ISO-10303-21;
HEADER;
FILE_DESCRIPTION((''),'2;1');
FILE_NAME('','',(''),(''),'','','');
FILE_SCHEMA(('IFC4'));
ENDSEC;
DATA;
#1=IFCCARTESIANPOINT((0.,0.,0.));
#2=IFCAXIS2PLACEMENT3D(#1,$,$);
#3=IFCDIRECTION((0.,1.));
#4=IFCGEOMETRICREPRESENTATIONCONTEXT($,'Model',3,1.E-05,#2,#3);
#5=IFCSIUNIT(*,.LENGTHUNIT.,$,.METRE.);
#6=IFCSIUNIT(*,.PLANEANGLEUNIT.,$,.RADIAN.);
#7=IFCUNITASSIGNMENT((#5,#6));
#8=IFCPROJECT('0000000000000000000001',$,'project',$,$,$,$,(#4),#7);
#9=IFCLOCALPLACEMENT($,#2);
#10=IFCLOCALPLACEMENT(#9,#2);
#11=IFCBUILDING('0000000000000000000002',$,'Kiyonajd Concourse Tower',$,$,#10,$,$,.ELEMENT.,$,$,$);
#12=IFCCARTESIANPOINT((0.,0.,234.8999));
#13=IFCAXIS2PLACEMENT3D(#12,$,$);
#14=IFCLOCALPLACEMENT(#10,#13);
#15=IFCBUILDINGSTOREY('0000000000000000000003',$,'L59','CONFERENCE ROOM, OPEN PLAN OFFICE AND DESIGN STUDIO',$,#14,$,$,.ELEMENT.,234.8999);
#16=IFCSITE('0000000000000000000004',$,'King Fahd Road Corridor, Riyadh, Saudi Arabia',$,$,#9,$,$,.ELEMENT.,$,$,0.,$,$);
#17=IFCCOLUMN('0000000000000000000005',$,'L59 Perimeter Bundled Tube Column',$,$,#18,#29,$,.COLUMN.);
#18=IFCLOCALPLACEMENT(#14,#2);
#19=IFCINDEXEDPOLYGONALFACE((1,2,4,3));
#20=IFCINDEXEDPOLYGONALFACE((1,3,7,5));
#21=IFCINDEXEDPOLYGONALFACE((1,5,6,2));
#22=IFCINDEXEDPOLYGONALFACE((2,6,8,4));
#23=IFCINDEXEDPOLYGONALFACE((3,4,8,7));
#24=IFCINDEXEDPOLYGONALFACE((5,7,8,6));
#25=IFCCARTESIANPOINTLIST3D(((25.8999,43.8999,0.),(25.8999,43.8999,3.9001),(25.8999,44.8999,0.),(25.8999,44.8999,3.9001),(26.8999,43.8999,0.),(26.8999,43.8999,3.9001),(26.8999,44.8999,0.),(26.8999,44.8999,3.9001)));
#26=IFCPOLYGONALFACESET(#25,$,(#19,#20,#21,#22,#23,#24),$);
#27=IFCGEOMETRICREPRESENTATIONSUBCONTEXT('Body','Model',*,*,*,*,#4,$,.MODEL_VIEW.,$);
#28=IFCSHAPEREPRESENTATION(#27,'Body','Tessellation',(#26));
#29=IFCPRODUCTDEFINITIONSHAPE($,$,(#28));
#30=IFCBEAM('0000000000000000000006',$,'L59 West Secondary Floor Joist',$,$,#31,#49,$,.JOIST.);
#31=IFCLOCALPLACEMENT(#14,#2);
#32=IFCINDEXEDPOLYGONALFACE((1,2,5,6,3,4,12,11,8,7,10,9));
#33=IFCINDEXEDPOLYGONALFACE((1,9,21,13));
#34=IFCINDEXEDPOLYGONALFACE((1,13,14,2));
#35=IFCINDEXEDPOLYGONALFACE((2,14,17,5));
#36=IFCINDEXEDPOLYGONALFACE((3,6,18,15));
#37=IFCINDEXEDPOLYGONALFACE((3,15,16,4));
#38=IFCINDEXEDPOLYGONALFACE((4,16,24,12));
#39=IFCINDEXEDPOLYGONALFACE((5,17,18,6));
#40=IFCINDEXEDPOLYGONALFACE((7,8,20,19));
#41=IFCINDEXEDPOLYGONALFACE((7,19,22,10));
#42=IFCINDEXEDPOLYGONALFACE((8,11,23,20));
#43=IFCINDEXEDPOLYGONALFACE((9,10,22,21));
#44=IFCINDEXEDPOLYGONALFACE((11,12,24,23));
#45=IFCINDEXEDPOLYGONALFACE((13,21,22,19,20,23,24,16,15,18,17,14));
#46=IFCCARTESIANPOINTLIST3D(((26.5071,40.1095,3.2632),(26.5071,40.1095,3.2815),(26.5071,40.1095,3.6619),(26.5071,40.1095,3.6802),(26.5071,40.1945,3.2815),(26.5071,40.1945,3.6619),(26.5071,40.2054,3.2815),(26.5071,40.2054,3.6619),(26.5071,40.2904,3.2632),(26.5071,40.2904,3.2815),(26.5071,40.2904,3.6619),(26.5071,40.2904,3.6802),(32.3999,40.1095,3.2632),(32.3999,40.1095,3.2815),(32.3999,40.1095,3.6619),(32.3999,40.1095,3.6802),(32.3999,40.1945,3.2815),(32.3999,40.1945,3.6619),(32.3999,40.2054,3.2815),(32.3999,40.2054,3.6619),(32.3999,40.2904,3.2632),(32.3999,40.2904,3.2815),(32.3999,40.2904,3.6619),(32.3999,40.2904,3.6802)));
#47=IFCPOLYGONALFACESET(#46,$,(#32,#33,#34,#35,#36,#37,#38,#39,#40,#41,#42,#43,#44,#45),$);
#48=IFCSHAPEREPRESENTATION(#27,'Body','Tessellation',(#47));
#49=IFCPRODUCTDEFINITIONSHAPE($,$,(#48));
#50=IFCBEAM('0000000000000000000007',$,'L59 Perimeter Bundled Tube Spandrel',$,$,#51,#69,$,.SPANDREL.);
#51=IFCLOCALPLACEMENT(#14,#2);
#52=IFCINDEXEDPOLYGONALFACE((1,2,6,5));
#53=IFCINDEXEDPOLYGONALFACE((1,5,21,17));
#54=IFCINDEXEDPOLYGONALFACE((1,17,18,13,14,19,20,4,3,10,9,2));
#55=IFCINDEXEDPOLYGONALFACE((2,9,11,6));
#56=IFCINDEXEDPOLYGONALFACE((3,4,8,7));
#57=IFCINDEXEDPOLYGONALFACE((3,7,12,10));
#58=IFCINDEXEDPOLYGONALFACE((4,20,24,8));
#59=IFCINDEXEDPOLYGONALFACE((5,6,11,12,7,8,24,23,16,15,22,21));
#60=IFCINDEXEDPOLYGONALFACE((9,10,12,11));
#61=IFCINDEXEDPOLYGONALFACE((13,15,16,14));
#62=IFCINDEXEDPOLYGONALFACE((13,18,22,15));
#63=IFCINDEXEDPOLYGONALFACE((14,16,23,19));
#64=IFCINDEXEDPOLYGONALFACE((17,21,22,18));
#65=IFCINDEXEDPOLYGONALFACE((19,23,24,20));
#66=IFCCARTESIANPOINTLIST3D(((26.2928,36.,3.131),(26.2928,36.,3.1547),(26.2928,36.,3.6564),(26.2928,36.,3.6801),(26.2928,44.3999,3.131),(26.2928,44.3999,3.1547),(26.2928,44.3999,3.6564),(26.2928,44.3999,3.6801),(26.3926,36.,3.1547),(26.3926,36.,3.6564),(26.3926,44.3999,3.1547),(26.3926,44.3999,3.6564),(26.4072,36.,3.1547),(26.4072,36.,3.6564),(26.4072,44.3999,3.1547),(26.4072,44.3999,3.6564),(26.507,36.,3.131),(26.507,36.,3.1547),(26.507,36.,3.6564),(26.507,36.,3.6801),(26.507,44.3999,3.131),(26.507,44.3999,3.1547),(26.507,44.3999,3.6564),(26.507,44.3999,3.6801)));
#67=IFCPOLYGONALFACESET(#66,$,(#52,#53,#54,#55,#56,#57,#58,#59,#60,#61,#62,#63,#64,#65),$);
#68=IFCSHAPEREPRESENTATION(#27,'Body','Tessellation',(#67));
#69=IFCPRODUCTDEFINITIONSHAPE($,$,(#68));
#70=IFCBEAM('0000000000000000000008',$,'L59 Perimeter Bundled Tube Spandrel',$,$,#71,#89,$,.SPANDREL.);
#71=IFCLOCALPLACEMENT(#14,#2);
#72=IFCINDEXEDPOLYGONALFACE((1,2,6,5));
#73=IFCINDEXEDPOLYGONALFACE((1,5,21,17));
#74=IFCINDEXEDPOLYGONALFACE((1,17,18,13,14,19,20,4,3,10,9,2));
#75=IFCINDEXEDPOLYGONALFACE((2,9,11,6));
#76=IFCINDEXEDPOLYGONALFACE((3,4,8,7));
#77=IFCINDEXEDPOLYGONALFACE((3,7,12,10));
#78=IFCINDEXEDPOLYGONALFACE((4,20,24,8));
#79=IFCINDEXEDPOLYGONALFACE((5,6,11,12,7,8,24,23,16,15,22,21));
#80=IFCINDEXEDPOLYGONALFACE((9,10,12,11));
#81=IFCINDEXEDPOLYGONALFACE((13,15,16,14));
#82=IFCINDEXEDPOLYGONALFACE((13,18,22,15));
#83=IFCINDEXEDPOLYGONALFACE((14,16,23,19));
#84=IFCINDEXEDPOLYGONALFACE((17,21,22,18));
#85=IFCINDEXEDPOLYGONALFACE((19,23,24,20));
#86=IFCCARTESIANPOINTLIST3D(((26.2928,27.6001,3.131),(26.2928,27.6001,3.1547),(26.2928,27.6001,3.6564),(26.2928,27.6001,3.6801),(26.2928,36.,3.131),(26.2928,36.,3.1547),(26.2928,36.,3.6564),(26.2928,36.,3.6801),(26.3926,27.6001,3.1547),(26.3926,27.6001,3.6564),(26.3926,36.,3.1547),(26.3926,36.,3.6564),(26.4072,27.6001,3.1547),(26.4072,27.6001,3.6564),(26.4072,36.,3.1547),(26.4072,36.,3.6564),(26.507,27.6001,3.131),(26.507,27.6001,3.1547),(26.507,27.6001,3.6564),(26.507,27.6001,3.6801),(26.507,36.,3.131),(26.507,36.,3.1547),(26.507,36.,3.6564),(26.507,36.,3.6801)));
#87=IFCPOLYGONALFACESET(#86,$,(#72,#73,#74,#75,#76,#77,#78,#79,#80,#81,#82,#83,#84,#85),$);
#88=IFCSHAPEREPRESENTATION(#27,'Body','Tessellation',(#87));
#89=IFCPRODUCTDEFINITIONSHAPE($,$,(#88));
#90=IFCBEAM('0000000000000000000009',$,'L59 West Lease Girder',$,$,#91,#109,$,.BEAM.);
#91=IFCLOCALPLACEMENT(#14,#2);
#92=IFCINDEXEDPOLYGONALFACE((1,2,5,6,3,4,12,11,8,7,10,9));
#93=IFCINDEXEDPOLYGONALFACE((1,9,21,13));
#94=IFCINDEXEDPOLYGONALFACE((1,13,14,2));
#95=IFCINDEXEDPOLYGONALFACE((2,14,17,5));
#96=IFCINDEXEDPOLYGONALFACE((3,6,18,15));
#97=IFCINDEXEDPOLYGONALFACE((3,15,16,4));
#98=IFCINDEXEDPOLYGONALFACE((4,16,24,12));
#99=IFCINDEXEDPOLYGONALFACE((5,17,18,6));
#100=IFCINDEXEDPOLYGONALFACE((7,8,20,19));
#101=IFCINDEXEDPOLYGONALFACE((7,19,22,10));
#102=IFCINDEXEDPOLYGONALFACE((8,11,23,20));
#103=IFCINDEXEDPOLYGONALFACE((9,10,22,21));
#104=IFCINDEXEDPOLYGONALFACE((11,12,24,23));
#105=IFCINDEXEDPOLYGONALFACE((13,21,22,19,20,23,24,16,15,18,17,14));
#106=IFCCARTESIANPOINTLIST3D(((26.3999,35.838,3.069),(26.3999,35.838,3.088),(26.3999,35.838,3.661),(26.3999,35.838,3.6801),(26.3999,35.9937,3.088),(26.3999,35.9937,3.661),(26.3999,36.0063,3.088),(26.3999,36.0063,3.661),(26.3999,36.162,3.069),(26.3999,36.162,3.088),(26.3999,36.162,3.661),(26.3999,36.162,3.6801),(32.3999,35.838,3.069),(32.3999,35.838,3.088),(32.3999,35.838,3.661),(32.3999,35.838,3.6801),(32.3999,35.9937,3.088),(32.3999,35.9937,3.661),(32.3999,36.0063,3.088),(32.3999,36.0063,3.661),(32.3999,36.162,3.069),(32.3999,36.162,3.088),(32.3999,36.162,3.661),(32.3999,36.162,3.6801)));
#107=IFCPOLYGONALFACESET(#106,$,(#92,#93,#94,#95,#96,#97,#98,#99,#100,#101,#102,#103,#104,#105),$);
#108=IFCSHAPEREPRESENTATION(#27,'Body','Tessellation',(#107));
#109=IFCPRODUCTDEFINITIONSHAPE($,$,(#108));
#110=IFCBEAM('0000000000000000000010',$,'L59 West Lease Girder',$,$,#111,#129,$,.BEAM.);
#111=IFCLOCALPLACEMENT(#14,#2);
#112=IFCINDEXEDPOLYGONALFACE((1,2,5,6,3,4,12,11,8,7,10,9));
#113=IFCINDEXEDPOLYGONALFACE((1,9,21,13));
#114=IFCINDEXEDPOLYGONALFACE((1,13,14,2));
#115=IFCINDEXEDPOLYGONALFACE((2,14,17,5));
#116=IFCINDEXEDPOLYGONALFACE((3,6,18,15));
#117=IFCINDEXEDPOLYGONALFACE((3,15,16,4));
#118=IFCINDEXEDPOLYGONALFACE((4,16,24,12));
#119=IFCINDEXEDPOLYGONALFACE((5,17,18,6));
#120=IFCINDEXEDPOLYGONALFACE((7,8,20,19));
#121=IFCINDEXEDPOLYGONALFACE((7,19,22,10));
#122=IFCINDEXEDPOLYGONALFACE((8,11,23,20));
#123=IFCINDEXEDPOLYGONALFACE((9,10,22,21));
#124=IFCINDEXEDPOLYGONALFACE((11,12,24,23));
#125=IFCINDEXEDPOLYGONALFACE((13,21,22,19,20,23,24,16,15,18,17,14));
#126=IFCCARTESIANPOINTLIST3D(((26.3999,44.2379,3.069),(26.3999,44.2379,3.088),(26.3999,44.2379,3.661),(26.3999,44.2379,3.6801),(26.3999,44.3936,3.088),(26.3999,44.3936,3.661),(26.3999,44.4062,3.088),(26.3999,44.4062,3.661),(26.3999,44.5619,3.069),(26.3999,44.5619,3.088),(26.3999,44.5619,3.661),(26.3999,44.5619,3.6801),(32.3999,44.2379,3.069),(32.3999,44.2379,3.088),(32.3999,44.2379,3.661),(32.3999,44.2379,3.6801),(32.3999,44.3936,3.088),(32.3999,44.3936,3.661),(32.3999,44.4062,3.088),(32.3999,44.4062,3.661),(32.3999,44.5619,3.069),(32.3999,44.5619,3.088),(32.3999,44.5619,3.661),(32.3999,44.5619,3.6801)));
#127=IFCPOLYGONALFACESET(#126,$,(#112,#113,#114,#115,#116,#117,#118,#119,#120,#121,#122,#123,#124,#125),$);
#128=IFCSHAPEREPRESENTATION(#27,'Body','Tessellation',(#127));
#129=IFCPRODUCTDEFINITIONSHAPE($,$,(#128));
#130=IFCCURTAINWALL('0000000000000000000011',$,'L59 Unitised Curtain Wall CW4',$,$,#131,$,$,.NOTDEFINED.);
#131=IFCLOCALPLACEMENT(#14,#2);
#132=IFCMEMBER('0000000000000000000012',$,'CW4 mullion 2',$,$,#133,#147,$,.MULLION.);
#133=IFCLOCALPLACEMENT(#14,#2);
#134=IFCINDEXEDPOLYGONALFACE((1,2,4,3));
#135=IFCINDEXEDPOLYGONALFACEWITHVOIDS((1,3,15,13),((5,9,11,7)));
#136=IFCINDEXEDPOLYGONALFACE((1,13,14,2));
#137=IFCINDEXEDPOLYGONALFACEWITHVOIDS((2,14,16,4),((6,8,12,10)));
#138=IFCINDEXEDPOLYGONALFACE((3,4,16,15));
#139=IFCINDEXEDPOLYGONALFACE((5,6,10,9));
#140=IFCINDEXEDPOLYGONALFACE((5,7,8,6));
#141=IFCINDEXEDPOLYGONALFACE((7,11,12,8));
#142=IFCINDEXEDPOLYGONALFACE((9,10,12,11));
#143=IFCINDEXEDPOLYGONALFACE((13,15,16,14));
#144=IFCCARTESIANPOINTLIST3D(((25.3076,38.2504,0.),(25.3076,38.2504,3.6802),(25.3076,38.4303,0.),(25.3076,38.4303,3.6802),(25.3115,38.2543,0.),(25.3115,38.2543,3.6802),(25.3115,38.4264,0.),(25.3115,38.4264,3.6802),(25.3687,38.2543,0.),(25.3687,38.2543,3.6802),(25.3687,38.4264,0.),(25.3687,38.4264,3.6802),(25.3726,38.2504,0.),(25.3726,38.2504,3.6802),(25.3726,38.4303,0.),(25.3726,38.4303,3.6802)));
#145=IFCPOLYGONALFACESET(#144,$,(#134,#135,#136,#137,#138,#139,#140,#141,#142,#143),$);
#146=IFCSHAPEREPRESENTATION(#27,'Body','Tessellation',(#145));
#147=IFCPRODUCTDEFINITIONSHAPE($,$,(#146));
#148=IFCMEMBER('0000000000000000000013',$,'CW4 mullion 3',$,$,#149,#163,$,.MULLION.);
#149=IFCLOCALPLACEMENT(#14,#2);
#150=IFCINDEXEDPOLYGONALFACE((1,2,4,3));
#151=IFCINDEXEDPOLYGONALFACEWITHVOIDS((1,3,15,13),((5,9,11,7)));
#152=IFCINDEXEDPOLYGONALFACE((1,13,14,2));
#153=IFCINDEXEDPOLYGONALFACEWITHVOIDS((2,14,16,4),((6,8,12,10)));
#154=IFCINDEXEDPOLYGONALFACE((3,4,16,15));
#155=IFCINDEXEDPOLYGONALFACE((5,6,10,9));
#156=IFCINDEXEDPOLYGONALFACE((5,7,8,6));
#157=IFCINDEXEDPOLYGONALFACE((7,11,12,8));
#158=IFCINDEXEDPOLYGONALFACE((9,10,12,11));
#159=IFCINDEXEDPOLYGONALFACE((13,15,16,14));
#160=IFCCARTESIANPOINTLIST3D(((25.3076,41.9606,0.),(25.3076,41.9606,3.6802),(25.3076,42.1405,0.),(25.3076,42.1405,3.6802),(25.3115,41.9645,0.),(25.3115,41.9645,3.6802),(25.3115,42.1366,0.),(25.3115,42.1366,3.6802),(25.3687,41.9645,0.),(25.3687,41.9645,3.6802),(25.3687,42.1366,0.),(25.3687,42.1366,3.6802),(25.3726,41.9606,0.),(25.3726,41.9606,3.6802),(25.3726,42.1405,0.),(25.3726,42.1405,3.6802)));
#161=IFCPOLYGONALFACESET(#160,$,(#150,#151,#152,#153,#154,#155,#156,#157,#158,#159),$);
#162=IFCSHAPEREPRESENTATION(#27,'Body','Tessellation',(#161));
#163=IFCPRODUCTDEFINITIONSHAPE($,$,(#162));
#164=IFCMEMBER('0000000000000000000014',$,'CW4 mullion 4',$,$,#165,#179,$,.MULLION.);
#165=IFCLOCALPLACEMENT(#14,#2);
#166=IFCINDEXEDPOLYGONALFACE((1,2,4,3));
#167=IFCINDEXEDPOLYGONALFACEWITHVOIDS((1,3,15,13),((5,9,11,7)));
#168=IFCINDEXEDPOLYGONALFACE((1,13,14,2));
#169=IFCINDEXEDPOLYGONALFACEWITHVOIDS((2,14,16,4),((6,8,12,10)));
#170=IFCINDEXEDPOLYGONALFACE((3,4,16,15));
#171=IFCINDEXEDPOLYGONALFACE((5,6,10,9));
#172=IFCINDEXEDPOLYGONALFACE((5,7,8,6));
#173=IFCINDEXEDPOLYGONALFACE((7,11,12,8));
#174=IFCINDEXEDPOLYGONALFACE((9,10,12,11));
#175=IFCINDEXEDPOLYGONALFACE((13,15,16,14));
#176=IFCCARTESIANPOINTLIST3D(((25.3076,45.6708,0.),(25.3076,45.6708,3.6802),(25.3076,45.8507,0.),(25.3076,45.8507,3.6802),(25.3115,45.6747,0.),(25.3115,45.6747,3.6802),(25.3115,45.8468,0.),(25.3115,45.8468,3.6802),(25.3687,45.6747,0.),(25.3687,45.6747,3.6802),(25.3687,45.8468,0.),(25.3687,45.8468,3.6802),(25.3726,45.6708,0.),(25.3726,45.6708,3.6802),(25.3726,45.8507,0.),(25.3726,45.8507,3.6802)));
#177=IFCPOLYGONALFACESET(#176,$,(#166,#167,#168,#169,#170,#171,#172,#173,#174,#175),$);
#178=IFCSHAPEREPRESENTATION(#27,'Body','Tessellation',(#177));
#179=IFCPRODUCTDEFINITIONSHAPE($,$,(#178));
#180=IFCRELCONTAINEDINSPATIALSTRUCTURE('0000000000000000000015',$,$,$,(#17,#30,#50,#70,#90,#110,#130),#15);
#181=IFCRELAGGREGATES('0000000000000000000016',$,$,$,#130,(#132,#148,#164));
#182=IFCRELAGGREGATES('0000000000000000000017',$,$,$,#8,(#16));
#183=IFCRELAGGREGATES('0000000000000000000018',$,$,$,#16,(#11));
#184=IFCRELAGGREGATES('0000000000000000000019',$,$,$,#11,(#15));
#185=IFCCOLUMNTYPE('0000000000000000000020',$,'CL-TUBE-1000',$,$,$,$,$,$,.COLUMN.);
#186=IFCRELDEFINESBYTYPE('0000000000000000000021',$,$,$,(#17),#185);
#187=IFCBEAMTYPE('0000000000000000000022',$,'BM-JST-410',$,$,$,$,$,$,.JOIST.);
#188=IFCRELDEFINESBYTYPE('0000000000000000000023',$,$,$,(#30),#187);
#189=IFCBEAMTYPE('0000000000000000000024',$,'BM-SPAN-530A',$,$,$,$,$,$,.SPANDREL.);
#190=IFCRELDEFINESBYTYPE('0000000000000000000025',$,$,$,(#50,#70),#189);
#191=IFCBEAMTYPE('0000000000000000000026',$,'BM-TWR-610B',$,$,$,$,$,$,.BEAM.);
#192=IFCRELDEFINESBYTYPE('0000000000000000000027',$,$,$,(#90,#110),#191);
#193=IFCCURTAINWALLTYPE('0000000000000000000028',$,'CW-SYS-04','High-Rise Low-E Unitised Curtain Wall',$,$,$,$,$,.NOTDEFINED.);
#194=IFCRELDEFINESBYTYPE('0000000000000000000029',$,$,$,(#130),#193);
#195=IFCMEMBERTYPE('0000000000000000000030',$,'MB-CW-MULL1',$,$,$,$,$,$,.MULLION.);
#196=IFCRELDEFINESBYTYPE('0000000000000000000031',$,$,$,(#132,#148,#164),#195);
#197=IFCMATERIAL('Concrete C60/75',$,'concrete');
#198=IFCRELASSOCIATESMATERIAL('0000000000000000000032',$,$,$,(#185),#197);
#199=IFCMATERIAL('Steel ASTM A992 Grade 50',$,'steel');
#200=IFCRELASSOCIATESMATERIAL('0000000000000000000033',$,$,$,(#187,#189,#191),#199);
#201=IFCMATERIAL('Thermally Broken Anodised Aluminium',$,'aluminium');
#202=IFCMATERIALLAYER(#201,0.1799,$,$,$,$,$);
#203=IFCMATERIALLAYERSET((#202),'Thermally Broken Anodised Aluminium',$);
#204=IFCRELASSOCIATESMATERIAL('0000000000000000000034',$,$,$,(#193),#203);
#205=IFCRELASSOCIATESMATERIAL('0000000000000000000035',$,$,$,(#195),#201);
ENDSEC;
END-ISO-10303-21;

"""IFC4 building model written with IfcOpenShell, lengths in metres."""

from ifc_helpers import new_model, si_unit, direction, frame, origin, origin_2d, place, context, subcontext, project, spatial, rectangle, hollow_rectangle, i_section, extrude, material, layer, layer_set, material_profile, profile_set, type_object, element, aggregate, save


model = new_model("IFC4")

# Units and contexts
model_context = context("Model", 3, precision=1e-05, world=origin(), true_north=direction((0.0, 1.0)))
body_context = subcontext(model_context, "Body", "Model", "MODEL_VIEW")
ifc_project = project(units=[si_unit("LENGTHUNIT", "METRE"), si_unit("PLANEANGLEUNIT", "RADIAN")], contexts=[model_context])

# Site, building, storey
site_placement = place(None, origin())
site = spatial("IfcSite", under=ifc_project, at=site_placement, Name="King Fahd Road Corridor, Riyadh, Saudi Arabia", CompositionType="ELEMENT", RefElevation=0.0)
building_placement = place(site_placement, origin())
building = spatial("IfcBuilding", under=site, at=building_placement, Name="Kiyonajd Concourse Tower", CompositionType="ELEMENT")
storey_placement = place(building_placement, frame((0.0, 0.0, 234.8999)))
storey = spatial("IfcBuildingStorey", under=building, at=storey_placement, Name="L59", Description="CONFERENCE ROOM, OPEN PLAN OFFICE AND DESIGN STUDIO", CompositionType="ELEMENT", Elevation=234.8999)

# Column
ifc_material_1 = material(Name="Concrete C60/75", Category="concrete")
ifc_material_profile_1 = material_profile(ifc_material_1, rectangle(XDim=1.0, YDim=1.0, at=origin_2d()), Name="RC-1000x1000")
ifc_profile_set_1 = profile_set([ifc_material_profile_1], Name="Concrete C60/75")
column_type = type_object("IfcColumnType", Name="CL-TUBE-1000", PredefinedType="COLUMN", material=ifc_profile_set_1)
column_placement = place(storey_placement, frame((26.3999, 44.3999, 0.0), z_axis=(0.0, 0.0, 1.0), x_axis=(1.0, 0.0, 0.0)))
element("IfcColumn", 1, at=column_placement, inside=storey, type_object=column_type, Name="L59 Perimeter Bundled Tube Column", PredefinedType="COLUMN", context=body_context, shape_type="SweptSolid", body=[
    extrude(rectangle(XDim=1.0, YDim=1.0, at=origin_2d()), origin(), (0.0, 0.0, 1.0), 3.9001),
])

# Beams
ifc_material_2 = material(Name="Steel ASTM A992 Grade 50", Category="steel")
ifc_material_profile_2 = material_profile(ifc_material_2, i_section(OverallWidth=0.1809, OverallDepth=0.417, WebThickness=0.011, FlangeThickness=0.0183, at=origin_2d()), Name="W410X85")
ifc_profile_set_2 = profile_set([ifc_material_profile_2], Name="Steel ASTM A992 Grade 50")
beam_type_1 = type_object("IfcBeamType", Name="BM-JST-410", PredefinedType="JOIST", material=ifc_profile_set_2)
beam_placement = place(storey_placement, frame((26.5071, 40.2, 3.4717), z_axis=(1.0, 0.0, 0.0), x_axis=(0.0, 1.0, 0.0)))
element("IfcBeam", 2, at=beam_placement, inside=storey, type_object=beam_type_1, Name="L59 West Secondary Floor Joist", PredefinedType="JOIST", context=body_context, shape_type="SweptSolid", body=[
    extrude(i_section(OverallWidth=0.1809, OverallDepth=0.417, WebThickness=0.011, FlangeThickness=0.0183, at=origin_2d()), origin(), (0.0, 0.0, 1.0), 5.8928),
])
ifc_material_profile_3 = material_profile(ifc_material_2, i_section(OverallWidth=0.2141, OverallDepth=0.5491, WebThickness=0.0146, FlangeThickness=0.0237, at=origin_2d()), Name="W530X138")
ifc_profile_set_3 = profile_set([ifc_material_profile_3], Name="Steel ASTM A992 Grade 50")
beam_type_2 = type_object("IfcBeamType", Name="BM-SPAN-530A", PredefinedType="SPANDREL", material=ifc_profile_set_3)
for number, where, z_axis, x_axis, name in (
    (3, (26.3999, 44.3999, 3.4055), (0.0, -1.0, 0.0), (1.0, 0.0, 0.0), "L59 Perimeter Bundled Tube Spandrel"),
    (4, (26.3999, 36.0, 3.4055), (0.0, -1.0, 0.0), (1.0, 0.0, 0.0), "L59 Perimeter Bundled Tube Spandrel"),
):
    element("IfcBeam", number, at=place(storey_placement, frame(where, z_axis=z_axis, x_axis=x_axis)), inside=storey, type_object=beam_type_2, Name=name, PredefinedType="SPANDREL", context=body_context, shape_type="SweptSolid", body=[
        extrude(i_section(OverallWidth=0.2141, OverallDepth=0.5491, WebThickness=0.0146, FlangeThickness=0.0237, at=origin_2d()), origin(), (0.0, 0.0, 1.0), 8.3999),
    ])
ifc_material_profile_4 = material_profile(ifc_material_2, i_section(OverallWidth=0.324, OverallDepth=0.6111, WebThickness=0.0127, FlangeThickness=0.019, at=origin_2d()), Name="W610X155")
ifc_profile_set_4 = profile_set([ifc_material_profile_4], Name="Steel ASTM A992 Grade 50")
beam_type_3 = type_object("IfcBeamType", Name="BM-TWR-610B", PredefinedType="BEAM", material=ifc_profile_set_4)
for number, where, z_axis, x_axis, name in (
    (5, (26.3999, 36.0, 3.3745), (1.0, 0.0, 0.0), (0.0, 1.0, 0.0), "L59 West Lease Girder"),
    (6, (26.3999, 44.3999, 3.3745), (1.0, 0.0, 0.0), (0.0, 1.0, 0.0), "L59 West Lease Girder"),
):
    element("IfcBeam", number, at=place(storey_placement, frame(where, z_axis=z_axis, x_axis=x_axis)), inside=storey, type_object=beam_type_3, Name=name, PredefinedType="BEAM", context=body_context, shape_type="SweptSolid", body=[
        extrude(i_section(OverallWidth=0.324, OverallDepth=0.6111, WebThickness=0.0127, FlangeThickness=0.019, at=origin_2d()), origin(), (0.0, 0.0, 1.0), 6.0),
    ])

# Curtain wall, members
ifc_material_3 = material(Name="Thermally Broken Anodised Aluminium", Category="aluminium")
ifc_layer_1 = layer(ifc_material_3, 0.1799)
ifc_layer_set_1 = layer_set([ifc_layer_1], Name="Thermally Broken Anodised Aluminium")
curtain_wall_type = type_object("IfcCurtainWallType", Name="CW-SYS-04", Description="High-Rise Low-E Unitised Curtain Wall", PredefinedType="NOTDEFINED", material=ifc_layer_set_1)
curtain_wall_placement = place(storey_placement, origin())
curtain_wall = element("IfcCurtainWall", 7, at=curtain_wall_placement, inside=storey, type_object=curtain_wall_type, Name="L59 Unitised Curtain Wall CW4", PredefinedType="NOTDEFINED")
ifc_material_profile_5 = material_profile(ifc_material_3, hollow_rectangle(XDim=0.0649, YDim=0.1799, WallThickness=0.0039, at=origin_2d()), Name="MULL-65x180")
ifc_profile_set_5 = profile_set([ifc_material_profile_5], Name="Thermally Broken Anodised Aluminium")
member_type_1 = type_object("IfcMemberType", Name="MB-CW-MULL1", PredefinedType="MULLION", material=ifc_profile_set_5)
member_1_placement = place(storey_placement, frame((25.3401, 38.3403, 0.0), z_axis=(0.0, 0.0, 1.0), x_axis=(-1.0, 0.0, 0.0)))
member_1 = element("IfcMember", 8, at=member_1_placement, type_object=member_type_1, Name="CW4 mullion 2", PredefinedType="MULLION", context=body_context, shape_type="SweptSolid", body=[
    extrude(hollow_rectangle(XDim=0.0649, YDim=0.1799, WallThickness=0.0039, at=origin_2d()), origin(), (0.0, 0.0, 1.0), 3.6802),
])
member_2_placement = place(storey_placement, frame((25.3401, 42.0505, 0.0), z_axis=(0.0, 0.0, 1.0), x_axis=(-1.0, 0.0, 0.0)))
member_2 = element("IfcMember", 9, at=member_2_placement, type_object=member_type_1, Name="CW4 mullion 3", PredefinedType="MULLION", context=body_context, shape_type="SweptSolid", body=[
    extrude(hollow_rectangle(XDim=0.0649, YDim=0.1799, WallThickness=0.0039, at=origin_2d()), origin(), (0.0, 0.0, 1.0), 3.6802),
])
member_3_placement = place(storey_placement, frame((25.3401, 45.7607, 0.0), z_axis=(0.0, 0.0, 1.0), x_axis=(-1.0, 0.0, 0.0)))
member_3 = element("IfcMember", 10, at=member_3_placement, type_object=member_type_1, Name="CW4 mullion 4", PredefinedType="MULLION", context=body_context, shape_type="SweptSolid", body=[
    extrude(hollow_rectangle(XDim=0.0649, YDim=0.1799, WallThickness=0.0039, at=origin_2d()), origin(), (0.0, 0.0, 1.0), 3.6802),
])
aggregate(curtain_wall, [member_1, member_2, member_3])

save(model, "model.ifc")
